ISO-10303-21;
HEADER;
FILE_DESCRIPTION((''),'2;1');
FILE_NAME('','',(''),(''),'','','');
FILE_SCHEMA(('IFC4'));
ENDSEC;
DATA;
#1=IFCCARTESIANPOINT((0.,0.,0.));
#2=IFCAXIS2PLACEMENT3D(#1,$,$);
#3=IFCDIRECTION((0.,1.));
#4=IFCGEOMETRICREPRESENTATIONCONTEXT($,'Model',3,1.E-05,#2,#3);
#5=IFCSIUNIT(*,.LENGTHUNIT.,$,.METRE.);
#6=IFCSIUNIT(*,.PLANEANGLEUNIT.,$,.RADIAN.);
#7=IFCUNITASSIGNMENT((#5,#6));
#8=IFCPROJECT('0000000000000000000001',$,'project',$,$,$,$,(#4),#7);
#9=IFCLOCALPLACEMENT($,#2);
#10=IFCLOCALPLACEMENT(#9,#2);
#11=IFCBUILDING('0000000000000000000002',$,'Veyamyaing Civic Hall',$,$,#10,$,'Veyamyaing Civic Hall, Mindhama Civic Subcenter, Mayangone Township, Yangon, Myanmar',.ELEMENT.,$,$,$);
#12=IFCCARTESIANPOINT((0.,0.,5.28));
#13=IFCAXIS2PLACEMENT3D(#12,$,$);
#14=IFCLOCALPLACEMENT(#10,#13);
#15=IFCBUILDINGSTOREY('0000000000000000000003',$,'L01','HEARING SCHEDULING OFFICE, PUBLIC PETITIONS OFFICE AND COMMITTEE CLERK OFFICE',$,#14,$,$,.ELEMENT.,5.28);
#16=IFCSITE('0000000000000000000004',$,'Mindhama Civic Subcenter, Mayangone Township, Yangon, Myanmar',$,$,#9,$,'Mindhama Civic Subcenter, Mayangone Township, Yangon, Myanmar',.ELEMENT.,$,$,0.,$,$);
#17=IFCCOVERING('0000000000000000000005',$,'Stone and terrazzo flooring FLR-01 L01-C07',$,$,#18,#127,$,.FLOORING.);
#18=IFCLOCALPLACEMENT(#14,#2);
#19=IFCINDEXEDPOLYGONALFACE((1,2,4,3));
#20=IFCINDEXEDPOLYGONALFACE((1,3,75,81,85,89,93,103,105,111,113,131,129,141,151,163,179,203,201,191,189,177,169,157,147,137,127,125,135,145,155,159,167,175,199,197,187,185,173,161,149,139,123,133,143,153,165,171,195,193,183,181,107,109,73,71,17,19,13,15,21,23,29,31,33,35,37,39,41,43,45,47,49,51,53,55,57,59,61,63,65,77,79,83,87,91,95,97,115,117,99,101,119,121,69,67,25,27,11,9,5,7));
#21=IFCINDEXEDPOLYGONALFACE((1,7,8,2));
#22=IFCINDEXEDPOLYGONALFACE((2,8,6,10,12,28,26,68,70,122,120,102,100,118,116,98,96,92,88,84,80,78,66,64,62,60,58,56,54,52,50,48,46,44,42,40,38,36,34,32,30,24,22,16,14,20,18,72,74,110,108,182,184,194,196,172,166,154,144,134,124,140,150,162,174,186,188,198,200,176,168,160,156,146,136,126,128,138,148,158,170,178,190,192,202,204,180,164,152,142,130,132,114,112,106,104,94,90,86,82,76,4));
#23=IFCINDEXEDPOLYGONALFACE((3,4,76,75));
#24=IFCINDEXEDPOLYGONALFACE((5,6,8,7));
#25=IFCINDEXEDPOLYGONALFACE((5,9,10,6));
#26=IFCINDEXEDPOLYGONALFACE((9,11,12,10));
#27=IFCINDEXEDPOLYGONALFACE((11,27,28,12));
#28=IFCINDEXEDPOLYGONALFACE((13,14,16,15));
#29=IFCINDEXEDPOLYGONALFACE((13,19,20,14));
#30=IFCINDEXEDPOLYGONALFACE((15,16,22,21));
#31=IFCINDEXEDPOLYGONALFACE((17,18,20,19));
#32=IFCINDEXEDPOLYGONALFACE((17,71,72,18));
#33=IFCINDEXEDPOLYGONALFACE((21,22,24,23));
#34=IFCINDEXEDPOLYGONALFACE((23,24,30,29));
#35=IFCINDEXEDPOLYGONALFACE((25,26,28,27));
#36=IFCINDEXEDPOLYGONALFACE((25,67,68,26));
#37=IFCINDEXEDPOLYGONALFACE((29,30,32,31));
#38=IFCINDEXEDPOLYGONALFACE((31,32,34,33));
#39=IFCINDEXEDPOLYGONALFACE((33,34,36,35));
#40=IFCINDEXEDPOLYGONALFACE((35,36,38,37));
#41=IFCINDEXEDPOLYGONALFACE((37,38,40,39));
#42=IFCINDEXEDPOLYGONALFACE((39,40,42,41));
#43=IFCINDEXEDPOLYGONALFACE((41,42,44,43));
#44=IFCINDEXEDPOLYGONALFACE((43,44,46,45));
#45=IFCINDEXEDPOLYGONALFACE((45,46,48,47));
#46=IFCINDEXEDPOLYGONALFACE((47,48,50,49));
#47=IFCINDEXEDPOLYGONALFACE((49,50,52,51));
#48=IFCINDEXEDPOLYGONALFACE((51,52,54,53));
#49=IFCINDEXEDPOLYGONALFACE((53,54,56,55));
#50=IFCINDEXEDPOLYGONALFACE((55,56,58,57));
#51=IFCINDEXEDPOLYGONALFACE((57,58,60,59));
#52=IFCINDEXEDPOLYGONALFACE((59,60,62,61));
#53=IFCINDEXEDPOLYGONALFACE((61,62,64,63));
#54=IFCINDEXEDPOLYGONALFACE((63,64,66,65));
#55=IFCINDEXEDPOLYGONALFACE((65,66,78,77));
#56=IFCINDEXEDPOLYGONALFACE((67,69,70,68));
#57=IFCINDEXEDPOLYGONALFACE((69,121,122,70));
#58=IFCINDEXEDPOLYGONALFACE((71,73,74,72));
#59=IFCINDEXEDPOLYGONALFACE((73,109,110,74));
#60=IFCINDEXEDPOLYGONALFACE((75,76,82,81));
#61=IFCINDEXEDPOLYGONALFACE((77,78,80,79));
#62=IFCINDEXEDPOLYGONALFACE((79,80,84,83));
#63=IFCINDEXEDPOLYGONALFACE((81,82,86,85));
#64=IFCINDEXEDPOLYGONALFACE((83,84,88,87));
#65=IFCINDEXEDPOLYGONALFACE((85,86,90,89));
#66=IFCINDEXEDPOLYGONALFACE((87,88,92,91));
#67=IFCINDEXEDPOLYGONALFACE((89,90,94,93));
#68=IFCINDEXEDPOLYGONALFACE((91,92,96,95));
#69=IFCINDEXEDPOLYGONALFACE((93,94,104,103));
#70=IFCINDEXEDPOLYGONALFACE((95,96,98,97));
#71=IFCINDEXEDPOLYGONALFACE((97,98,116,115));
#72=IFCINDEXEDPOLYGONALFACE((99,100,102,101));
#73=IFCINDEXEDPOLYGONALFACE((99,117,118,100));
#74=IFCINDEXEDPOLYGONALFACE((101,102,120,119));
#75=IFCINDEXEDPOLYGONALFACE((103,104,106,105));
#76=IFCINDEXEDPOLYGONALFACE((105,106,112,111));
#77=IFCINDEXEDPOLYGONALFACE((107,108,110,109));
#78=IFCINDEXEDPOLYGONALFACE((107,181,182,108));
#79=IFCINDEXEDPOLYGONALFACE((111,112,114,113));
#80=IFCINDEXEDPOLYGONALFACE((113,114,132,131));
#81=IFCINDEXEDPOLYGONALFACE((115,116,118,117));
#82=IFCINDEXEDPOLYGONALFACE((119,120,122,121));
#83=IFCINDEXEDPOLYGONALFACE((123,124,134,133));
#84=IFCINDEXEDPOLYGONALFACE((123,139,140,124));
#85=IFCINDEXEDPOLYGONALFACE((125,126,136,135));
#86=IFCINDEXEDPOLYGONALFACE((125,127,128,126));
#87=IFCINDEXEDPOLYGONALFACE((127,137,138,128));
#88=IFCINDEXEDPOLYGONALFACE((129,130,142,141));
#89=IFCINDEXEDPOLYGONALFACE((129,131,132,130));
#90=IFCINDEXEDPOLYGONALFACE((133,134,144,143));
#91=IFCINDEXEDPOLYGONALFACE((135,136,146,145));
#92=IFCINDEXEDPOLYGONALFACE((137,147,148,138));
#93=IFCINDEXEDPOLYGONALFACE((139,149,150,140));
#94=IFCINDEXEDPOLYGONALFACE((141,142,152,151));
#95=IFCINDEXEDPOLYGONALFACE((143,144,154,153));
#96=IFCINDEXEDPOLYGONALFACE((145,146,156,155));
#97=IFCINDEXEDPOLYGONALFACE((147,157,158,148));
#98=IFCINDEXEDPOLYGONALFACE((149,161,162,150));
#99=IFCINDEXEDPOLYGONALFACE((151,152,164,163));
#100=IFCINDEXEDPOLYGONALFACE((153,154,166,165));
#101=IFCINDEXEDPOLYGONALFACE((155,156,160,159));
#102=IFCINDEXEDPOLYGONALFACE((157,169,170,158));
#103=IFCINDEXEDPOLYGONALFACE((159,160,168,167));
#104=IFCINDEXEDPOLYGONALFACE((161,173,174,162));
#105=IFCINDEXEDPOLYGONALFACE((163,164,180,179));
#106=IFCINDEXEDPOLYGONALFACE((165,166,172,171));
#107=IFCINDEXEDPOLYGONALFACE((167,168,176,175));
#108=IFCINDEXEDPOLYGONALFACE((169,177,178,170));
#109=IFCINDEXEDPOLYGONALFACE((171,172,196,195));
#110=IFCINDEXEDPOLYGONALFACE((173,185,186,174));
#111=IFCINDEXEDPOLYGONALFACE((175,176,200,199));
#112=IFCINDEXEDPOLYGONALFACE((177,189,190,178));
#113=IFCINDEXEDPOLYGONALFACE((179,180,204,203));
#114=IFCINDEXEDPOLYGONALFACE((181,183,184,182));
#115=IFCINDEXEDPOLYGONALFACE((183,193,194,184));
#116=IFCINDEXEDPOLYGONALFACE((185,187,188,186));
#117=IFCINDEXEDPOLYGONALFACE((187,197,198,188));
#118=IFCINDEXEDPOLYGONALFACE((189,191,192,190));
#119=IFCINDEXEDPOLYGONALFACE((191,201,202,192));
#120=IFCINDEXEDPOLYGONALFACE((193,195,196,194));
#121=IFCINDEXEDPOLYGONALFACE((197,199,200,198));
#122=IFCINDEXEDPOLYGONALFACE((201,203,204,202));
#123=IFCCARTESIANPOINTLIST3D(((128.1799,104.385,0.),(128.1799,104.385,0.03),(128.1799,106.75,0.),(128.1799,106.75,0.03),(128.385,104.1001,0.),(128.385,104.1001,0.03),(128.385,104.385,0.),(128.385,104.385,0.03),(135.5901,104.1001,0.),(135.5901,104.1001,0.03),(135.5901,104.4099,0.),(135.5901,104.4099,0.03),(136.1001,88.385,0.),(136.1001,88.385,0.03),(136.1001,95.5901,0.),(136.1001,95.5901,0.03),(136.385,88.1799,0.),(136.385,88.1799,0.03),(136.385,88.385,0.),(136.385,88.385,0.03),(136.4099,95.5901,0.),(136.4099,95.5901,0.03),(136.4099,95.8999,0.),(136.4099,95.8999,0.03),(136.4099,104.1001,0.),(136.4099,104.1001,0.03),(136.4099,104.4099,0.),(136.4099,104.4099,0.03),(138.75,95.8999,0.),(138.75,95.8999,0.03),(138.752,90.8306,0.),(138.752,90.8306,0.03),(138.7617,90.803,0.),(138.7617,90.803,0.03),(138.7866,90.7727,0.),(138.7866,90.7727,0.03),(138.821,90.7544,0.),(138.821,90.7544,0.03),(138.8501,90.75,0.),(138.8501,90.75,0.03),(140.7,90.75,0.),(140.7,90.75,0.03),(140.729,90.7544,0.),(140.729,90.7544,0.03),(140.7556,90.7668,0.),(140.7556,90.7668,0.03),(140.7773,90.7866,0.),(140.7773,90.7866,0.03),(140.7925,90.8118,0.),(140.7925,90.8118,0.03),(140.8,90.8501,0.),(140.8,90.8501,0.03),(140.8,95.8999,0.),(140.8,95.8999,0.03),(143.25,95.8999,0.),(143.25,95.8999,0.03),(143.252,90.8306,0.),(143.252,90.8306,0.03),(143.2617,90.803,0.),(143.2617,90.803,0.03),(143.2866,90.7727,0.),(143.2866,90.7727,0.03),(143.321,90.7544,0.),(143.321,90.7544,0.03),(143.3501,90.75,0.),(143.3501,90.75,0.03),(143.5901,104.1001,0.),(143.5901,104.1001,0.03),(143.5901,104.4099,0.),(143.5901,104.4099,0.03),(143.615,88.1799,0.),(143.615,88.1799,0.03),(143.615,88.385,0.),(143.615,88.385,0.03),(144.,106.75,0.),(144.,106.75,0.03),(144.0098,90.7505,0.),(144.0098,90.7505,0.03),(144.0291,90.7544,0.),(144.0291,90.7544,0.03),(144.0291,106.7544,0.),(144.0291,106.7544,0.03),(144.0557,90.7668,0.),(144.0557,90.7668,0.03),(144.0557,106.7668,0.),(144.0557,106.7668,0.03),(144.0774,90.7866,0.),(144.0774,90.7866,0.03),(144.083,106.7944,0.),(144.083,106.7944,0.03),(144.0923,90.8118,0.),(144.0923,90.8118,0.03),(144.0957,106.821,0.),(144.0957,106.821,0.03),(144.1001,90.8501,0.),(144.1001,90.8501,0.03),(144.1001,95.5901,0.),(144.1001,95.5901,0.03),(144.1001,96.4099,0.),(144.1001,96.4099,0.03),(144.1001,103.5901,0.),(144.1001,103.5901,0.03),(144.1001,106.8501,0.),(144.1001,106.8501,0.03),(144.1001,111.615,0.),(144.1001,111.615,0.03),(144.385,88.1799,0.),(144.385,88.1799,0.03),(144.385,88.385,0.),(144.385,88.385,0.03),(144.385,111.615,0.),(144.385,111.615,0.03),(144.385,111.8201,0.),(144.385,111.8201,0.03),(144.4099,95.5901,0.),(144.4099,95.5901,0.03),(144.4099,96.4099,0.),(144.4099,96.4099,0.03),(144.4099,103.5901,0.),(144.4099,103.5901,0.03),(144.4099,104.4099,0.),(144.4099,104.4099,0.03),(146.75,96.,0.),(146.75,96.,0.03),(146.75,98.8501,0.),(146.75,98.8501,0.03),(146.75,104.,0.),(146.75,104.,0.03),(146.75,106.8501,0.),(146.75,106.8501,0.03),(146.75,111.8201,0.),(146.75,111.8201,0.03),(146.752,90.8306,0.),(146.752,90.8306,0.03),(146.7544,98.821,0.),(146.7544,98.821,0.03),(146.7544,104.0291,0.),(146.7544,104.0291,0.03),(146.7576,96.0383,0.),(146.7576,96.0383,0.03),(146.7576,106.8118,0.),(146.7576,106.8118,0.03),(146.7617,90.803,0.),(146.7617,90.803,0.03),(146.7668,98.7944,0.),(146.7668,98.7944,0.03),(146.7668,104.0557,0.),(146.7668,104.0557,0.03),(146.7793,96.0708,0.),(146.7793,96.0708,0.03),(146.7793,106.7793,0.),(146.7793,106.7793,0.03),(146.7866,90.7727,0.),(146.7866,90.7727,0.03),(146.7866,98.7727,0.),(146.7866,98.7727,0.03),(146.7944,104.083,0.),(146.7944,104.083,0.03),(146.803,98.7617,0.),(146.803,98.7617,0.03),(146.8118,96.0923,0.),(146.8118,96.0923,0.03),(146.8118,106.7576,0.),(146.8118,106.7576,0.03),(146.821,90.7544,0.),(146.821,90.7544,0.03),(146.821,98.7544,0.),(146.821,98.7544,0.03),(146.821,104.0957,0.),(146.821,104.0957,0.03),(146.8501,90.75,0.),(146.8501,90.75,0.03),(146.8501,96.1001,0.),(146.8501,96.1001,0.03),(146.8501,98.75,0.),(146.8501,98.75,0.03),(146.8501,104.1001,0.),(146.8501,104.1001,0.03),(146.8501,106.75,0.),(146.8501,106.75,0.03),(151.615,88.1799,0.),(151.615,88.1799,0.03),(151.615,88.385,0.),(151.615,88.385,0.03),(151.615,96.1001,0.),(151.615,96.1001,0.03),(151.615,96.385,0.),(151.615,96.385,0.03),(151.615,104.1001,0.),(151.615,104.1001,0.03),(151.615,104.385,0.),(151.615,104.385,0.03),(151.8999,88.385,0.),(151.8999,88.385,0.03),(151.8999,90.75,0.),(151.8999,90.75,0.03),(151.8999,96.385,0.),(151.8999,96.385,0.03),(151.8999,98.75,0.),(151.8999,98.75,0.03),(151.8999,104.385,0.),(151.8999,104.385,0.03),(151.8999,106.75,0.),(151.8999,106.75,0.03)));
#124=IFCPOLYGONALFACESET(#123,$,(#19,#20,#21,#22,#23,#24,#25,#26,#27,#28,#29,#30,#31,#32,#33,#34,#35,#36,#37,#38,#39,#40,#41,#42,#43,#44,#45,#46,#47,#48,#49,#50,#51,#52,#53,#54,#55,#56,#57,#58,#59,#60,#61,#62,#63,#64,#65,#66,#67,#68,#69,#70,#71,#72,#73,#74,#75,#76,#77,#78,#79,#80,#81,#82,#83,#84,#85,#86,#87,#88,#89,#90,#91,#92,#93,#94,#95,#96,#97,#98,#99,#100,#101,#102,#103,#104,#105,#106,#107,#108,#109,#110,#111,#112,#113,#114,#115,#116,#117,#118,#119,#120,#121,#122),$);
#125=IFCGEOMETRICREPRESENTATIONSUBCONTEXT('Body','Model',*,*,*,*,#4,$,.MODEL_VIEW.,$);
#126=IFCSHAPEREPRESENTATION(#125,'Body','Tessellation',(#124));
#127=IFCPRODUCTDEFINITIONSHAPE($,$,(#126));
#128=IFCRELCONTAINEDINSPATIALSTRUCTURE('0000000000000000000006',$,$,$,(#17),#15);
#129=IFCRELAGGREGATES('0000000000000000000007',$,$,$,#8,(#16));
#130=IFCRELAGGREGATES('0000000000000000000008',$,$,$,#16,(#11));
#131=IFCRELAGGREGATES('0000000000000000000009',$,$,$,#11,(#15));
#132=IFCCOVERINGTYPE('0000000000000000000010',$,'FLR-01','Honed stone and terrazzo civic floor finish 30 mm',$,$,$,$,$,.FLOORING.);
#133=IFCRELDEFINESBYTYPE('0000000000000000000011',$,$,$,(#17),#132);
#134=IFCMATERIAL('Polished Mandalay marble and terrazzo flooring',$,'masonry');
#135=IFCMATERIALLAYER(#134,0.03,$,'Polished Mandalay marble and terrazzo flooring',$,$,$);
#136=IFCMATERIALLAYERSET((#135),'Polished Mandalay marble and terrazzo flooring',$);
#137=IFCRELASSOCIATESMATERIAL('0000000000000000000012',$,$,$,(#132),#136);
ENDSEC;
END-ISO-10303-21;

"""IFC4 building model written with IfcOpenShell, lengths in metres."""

from ifc_helpers import new_model, si_unit, direction, frame, origin, place, context, subcontext, project, spatial, polyline, outline, extrude, material, layer, layer_set, type_object, element, save


model = new_model("IFC4")

# Units and contexts
model_context = context("Model", 3, precision=1e-05, world=origin(), true_north=direction((0.0, 1.0)))
body_context = subcontext(model_context, "Body", "Model", "MODEL_VIEW")
ifc_project = project(units=[si_unit("LENGTHUNIT", "METRE"), si_unit("PLANEANGLEUNIT", "RADIAN")], contexts=[model_context])

# Site, building, storey
site_placement = place(None, origin())
site = spatial("IfcSite", under=ifc_project, at=site_placement, Name="Mindhama Civic Subcenter, Mayangone Township, Yangon, Myanmar", LongName="Mindhama Civic Subcenter, Mayangone Township, Yangon, Myanmar", CompositionType="ELEMENT", RefElevation=0.0)
building_placement = place(site_placement, origin())
building = spatial("IfcBuilding", under=site, at=building_placement, Name="Veyamyaing Civic Hall", LongName="Veyamyaing Civic Hall, Mindhama Civic Subcenter, Mayangone Township, Yangon, Myanmar", CompositionType="ELEMENT")
storey_placement = place(building_placement, frame((0.0, 0.0, 5.28)))
storey = spatial("IfcBuildingStorey", under=building, at=storey_placement, Name="L01", Description="HEARING SCHEDULING OFFICE, PUBLIC PETITIONS OFFICE AND COMMITTEE CLERK OFFICE", CompositionType="ELEMENT", Elevation=5.28)

# Covering
ifc_material_1 = material(Name="Polished Mandalay marble and terrazzo flooring", Category="masonry")
ifc_layer_1 = layer(ifc_material_1, 0.03, Name="Polished Mandalay marble and terrazzo flooring")
ifc_layer_set_1 = layer_set([ifc_layer_1], Name="Polished Mandalay marble and terrazzo flooring")
covering_type_1 = type_object("IfcCoveringType", Name="FLR-01", Description="Honed stone and terrazzo civic floor finish 30 mm", PredefinedType="FLOORING", material=ifc_layer_set_1)
covering_1_placement = place(storey_placement, origin())
element("IfcCovering", 1, at=covering_1_placement, inside=storey, type_object=covering_type_1, Name="Stone and terrazzo flooring FLR-01 L01-C07", PredefinedType="FLOORING", context=body_context, shape_type="SweptSolid", body=[
    extrude(outline(polyline([(138.7617, 90.803), (138.7866, 90.7727), (138.821, 90.7544), (138.8501, 90.75), (140.7, 90.75), (140.729, 90.7544), (140.7556, 90.7668), (140.7773, 90.7866), (140.7925, 90.8118), (140.8, 90.8501), (140.8, 95.8999), (143.25, 95.8999), (143.252, 90.8306), (143.2617, 90.803), (143.2866, 90.7727), (143.321, 90.7544), (143.3501, 90.75), (144.0098, 90.7505), (144.0291, 90.7544), (144.0557, 90.7668), (144.0774, 90.7866), (144.0923, 90.8118), (144.1001, 90.8501), (144.1001, 95.5901), (144.4099, 95.5901), (144.4099, 96.4099), (144.1001, 96.4099), (144.1001, 103.5901), (144.4099, 103.5901), (144.4099, 104.4099), (143.5901, 104.4099), (143.5901, 104.1001), (136.4099, 104.1001), (136.4099, 104.4099), (135.5901, 104.4099), (135.5901, 104.1001), (128.385, 104.1001), (128.385, 104.385), (128.1799, 104.385), (128.1799, 106.75), (144.0, 106.75), (144.0291, 106.7544), (144.0557, 106.7668), (144.083, 106.7944), (144.0957, 106.821), (144.1001, 106.8501), (144.1001, 111.615), (144.385, 111.615), (144.385, 111.8201), (146.75, 111.8201), (146.75, 106.8501), (146.7576, 106.8118), (146.7793, 106.7793), (146.8118, 106.7576), (146.8501, 106.75), (151.8999, 106.75), (151.8999, 104.385), (151.615, 104.385), (151.615, 104.1001), (146.8501, 104.1001), (146.821, 104.0957), (146.7944, 104.083), (146.7668, 104.0557), (146.7544, 104.0291), (146.75, 104.0), (146.75, 98.8501), (146.7544, 98.821), (146.7668, 98.7944), (146.7866, 98.7727), (146.803, 98.7617), (146.821, 98.7544), (146.8501, 98.75), (151.8999, 98.75), (151.8999, 96.385), (151.615, 96.385), (151.615, 96.1001), (146.8501, 96.1001), (146.8118, 96.0923), (146.7793, 96.0708), (146.7576, 96.0383), (146.75, 96.0), (146.752, 90.8306), (146.7617, 90.803), (146.7866, 90.7727), (146.821, 90.7544), (146.8501, 90.75), (151.8999, 90.75), (151.8999, 88.385), (151.615, 88.385), (151.615, 88.1799), (144.385, 88.1799), (144.385, 88.385), (143.615, 88.385), (143.615, 88.1799), (136.385, 88.1799), (136.385, 88.385), (136.1001, 88.385), (136.1001, 95.5901), (136.4099, 95.5901), (136.4099, 95.8999), (138.75, 95.8999), (138.752, 90.8306), (138.7617, 90.803)])), origin(), (0.0, 0.0, 1.0), 0.03),
])

save(model, "model.ifc")
